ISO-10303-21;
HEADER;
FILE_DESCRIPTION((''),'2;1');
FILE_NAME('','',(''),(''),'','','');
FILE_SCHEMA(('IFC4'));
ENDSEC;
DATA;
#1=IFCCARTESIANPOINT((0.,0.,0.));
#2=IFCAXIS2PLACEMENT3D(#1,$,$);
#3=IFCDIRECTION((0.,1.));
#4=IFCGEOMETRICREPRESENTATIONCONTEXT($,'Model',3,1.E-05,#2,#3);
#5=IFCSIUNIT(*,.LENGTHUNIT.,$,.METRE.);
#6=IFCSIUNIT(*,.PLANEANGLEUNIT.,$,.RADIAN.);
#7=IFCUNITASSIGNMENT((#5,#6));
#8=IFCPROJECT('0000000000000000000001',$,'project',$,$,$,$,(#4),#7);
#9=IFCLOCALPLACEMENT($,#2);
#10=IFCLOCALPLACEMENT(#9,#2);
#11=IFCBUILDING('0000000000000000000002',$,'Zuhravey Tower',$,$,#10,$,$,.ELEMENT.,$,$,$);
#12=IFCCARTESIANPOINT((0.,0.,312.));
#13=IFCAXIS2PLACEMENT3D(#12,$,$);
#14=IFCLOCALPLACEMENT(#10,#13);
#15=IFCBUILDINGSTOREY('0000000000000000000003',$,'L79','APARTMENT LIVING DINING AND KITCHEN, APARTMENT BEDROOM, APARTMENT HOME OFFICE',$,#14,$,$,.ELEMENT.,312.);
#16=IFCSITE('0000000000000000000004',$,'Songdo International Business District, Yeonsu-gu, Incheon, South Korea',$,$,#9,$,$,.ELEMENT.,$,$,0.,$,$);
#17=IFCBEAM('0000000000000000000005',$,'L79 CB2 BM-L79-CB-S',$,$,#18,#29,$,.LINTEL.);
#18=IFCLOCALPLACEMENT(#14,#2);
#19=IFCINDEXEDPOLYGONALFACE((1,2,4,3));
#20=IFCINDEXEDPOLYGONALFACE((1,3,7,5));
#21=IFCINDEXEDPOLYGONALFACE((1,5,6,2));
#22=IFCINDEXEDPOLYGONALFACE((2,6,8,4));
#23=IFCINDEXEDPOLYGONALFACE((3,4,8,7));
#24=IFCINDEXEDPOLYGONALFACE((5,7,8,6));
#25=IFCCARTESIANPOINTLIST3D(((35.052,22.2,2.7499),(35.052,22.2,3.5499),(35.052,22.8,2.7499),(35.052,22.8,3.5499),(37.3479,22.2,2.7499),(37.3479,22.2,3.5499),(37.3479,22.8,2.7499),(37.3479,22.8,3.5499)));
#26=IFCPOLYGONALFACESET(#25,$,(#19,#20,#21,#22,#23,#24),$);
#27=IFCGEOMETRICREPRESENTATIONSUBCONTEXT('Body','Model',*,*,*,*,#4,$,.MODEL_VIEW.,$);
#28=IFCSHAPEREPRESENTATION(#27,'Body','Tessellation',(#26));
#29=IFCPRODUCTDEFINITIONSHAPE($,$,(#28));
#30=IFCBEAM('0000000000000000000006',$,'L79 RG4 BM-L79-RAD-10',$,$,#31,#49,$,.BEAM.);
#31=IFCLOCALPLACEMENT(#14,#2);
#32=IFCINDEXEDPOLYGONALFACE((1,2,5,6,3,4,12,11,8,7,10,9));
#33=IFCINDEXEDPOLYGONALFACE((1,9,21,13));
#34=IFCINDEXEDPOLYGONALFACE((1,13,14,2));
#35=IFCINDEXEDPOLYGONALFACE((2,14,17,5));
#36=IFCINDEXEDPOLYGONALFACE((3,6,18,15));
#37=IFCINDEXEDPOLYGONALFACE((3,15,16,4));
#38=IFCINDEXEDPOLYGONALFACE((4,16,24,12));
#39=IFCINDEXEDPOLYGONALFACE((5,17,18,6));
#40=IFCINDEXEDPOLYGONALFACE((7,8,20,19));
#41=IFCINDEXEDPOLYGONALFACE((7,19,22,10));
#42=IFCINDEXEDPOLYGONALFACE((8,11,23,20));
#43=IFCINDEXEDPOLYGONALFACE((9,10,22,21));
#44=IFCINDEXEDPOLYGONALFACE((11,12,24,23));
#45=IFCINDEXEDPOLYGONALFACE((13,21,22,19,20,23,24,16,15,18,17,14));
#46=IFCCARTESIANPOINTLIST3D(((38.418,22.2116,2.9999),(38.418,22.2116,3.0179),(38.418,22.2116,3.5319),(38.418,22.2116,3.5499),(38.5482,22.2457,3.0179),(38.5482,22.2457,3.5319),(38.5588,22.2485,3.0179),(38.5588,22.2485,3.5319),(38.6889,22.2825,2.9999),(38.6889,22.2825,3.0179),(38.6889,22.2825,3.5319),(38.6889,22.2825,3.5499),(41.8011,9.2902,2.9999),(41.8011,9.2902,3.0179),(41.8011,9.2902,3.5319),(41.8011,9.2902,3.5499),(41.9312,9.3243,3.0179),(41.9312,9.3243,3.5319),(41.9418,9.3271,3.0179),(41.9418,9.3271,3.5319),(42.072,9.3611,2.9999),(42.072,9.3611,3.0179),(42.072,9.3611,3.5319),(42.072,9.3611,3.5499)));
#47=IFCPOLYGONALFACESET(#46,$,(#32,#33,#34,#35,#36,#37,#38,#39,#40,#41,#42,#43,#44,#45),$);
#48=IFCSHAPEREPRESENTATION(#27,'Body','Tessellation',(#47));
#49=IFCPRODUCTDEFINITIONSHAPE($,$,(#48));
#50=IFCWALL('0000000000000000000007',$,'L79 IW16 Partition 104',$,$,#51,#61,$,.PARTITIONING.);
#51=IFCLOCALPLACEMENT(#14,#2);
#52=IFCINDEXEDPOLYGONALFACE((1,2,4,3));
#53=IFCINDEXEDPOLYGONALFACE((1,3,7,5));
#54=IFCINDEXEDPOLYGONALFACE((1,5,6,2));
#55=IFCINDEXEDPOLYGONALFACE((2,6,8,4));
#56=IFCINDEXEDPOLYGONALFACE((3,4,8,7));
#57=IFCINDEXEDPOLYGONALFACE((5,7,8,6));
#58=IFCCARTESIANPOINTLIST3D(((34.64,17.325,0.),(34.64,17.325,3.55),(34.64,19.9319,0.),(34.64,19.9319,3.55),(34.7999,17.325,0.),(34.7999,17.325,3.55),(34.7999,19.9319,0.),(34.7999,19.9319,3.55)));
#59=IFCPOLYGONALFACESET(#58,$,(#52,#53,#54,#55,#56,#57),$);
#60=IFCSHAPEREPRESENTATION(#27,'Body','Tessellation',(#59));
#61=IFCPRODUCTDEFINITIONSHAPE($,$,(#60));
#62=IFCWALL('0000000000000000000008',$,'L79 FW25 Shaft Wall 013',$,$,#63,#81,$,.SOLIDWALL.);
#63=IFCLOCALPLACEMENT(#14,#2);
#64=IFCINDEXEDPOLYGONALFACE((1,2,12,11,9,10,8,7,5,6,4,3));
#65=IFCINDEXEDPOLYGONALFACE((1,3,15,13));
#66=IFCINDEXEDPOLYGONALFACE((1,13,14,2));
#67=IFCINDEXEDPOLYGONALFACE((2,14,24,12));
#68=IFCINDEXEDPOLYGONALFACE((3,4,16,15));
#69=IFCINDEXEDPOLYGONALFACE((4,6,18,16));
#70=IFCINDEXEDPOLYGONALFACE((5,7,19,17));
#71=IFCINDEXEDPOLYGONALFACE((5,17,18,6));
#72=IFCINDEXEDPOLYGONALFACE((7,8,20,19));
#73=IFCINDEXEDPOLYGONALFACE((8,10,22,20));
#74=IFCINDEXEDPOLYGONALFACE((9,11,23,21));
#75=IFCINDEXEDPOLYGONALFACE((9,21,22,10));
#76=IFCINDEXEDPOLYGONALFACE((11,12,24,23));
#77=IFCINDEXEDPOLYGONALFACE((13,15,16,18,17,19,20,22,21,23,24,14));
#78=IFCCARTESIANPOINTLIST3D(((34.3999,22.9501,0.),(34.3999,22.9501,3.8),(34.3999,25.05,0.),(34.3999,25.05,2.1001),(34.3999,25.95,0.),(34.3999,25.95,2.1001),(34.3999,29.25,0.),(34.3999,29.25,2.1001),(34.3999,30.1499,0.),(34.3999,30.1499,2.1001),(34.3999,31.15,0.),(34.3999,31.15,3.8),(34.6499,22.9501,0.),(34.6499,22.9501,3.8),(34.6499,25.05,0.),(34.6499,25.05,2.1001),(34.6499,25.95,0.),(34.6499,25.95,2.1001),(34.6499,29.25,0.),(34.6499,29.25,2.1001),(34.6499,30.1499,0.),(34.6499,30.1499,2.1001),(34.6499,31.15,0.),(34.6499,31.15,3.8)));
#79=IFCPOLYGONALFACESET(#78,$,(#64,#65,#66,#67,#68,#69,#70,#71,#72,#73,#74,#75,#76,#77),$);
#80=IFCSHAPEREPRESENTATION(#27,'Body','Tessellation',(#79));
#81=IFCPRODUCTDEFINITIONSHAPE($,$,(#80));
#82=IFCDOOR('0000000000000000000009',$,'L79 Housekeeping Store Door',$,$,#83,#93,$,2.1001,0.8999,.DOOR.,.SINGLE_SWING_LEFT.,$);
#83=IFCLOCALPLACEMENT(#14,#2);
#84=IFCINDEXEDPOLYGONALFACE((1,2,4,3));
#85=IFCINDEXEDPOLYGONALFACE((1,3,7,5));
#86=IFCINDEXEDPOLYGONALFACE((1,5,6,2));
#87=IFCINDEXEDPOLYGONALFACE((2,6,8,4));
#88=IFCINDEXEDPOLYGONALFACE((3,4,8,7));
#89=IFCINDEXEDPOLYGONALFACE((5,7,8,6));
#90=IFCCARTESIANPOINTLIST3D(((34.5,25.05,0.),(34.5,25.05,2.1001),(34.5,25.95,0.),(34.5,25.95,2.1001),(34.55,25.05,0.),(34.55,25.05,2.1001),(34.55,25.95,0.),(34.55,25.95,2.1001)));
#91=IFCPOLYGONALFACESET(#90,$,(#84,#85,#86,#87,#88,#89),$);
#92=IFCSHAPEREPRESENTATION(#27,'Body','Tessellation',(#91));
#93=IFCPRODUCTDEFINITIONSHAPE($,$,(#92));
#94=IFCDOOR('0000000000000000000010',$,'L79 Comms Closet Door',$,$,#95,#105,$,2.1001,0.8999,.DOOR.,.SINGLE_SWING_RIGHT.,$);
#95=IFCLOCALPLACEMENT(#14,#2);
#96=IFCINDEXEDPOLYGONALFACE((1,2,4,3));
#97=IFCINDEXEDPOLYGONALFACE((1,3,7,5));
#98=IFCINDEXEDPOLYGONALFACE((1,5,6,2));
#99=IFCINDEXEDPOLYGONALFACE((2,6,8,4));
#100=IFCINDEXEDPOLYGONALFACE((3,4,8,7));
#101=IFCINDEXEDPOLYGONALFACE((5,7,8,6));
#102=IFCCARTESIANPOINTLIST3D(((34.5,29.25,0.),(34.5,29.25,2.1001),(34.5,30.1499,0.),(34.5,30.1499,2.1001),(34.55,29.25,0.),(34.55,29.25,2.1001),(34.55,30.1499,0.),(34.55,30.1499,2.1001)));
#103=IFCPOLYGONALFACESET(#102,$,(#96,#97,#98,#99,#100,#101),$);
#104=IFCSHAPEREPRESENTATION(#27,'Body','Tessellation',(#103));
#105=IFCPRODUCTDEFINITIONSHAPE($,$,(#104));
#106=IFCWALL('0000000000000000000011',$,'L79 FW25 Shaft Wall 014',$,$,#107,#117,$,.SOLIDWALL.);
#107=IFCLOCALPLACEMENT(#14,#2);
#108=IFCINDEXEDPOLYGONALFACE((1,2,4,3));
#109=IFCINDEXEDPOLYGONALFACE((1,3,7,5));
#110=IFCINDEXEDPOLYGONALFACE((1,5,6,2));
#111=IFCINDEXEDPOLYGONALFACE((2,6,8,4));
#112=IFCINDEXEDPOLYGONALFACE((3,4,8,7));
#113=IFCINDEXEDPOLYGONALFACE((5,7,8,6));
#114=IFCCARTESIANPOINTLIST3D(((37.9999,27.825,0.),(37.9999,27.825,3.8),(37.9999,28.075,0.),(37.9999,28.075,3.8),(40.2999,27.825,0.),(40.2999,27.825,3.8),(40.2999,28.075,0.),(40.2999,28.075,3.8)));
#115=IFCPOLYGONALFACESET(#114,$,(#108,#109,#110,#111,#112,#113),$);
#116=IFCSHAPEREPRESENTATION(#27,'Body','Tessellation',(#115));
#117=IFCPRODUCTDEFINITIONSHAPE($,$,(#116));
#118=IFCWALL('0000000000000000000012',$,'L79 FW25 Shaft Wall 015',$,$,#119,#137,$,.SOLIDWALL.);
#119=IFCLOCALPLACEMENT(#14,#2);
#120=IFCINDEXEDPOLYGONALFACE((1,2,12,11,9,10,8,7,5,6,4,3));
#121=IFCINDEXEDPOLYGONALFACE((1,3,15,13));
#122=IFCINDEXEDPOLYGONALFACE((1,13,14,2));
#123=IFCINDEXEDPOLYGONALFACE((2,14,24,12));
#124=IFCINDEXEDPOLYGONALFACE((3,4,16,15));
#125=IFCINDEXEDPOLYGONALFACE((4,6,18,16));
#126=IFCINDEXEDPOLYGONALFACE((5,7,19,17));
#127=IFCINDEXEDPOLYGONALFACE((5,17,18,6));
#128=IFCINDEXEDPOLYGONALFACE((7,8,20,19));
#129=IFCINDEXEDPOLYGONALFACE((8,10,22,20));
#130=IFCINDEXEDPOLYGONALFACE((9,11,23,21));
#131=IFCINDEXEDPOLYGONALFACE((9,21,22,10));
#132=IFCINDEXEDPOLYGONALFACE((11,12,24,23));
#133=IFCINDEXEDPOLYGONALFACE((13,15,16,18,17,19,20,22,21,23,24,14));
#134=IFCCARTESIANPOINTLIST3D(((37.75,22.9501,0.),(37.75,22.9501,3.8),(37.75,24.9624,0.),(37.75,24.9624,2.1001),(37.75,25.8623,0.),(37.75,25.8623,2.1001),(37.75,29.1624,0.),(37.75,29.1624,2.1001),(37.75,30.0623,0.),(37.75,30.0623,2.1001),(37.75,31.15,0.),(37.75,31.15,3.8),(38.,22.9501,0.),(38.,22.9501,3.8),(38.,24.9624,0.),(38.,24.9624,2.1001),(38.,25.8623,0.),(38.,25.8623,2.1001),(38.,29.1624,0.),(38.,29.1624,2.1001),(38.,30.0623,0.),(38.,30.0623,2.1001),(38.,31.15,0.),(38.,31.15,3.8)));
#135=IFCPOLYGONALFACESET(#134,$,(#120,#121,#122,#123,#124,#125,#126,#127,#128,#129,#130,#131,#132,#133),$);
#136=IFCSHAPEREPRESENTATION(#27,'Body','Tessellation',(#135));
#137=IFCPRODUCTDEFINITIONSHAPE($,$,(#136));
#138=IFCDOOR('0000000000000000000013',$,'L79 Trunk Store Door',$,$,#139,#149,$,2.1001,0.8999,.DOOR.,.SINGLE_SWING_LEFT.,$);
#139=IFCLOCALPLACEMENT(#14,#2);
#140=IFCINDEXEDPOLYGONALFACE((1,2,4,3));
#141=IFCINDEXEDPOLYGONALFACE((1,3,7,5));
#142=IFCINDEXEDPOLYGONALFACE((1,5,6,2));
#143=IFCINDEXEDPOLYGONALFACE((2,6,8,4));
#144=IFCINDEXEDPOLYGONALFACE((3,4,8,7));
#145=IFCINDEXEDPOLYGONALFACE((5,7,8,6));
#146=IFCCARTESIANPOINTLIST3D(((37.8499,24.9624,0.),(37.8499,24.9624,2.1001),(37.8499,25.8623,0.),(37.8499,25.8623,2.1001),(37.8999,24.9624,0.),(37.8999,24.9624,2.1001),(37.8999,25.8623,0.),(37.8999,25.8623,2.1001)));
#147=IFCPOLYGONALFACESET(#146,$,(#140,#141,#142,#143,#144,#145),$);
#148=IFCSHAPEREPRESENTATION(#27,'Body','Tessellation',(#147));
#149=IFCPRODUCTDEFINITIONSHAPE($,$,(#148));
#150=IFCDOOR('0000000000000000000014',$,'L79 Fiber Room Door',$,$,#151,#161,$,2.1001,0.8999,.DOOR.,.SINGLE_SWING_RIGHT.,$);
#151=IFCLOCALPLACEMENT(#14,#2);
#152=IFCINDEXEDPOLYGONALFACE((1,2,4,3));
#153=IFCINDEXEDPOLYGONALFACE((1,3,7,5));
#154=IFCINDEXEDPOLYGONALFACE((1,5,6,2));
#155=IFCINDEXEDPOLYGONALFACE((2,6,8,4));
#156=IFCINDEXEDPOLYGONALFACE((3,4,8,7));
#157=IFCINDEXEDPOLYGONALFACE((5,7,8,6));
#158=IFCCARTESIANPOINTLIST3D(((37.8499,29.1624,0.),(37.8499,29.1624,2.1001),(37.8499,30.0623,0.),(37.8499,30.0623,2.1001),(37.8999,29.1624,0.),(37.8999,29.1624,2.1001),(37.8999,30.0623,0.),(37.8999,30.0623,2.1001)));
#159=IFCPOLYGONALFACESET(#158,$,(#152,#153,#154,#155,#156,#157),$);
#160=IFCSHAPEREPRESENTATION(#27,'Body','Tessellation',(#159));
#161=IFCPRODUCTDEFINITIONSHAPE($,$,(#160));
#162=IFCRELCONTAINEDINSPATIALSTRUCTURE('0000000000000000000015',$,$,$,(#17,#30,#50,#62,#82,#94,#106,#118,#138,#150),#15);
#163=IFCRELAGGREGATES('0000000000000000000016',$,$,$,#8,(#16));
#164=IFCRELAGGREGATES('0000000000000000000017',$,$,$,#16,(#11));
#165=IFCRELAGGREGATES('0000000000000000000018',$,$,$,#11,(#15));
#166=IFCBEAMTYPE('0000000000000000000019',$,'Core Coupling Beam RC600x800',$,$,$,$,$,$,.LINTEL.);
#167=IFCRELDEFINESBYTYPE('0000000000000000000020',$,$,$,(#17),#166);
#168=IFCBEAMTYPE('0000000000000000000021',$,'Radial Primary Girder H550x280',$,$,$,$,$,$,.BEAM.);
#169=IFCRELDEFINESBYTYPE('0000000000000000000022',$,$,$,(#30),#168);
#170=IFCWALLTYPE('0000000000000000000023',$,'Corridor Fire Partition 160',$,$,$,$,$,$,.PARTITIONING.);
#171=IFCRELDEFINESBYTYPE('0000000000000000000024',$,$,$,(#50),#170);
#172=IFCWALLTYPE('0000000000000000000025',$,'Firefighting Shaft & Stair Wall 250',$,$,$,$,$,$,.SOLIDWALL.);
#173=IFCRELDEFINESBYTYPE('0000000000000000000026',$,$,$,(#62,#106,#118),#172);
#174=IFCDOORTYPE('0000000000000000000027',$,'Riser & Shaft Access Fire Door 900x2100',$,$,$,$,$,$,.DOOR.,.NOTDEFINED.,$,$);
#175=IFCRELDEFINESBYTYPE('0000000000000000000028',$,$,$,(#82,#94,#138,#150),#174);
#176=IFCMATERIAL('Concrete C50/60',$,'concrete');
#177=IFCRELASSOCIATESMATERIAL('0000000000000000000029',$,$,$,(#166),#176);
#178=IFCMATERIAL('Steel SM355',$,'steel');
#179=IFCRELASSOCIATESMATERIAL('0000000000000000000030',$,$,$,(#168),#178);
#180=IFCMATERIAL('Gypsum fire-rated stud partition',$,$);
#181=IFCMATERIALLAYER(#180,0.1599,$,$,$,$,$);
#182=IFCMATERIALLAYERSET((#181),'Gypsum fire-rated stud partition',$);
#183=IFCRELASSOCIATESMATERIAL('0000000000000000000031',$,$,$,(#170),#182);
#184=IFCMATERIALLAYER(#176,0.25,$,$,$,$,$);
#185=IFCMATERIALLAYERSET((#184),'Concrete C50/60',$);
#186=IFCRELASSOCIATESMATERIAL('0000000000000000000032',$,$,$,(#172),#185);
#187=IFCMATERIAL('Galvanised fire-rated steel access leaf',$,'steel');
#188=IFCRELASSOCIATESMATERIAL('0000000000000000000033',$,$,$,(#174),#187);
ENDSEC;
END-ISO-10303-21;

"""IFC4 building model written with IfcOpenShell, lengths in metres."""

from ifc_helpers import new_model, si_unit, direction, frame, frame_2d, origin, origin_2d, place, context, subcontext, project, spatial, rectangle, i_section, extrude, material, layer, layer_set, material_profile, profile_set, type_object, element, fill, save


model = new_model("IFC4")

# Units and contexts
model_context = context("Model", 3, precision=1e-05, world=origin(), true_north=direction((0.0, 1.0)))
body_context = subcontext(model_context, "Body", "Model", "MODEL_VIEW")
ifc_project = project(units=[si_unit("LENGTHUNIT", "METRE"), si_unit("PLANEANGLEUNIT", "RADIAN")], contexts=[model_context])

# Site, building, storey
site_placement = place(None, origin())
site = spatial("IfcSite", under=ifc_project, at=site_placement, Name="Songdo International Business District, Yeonsu-gu, Incheon, South Korea", CompositionType="ELEMENT", RefElevation=0.0)
building_placement = place(site_placement, origin())
building = spatial("IfcBuilding", under=site, at=building_placement, Name="Zuhravey Tower", CompositionType="ELEMENT")
storey_placement = place(building_placement, frame((0.0, 0.0, 312.0)))
storey = spatial("IfcBuildingStorey", under=building, at=storey_placement, Name="L79", Description="APARTMENT LIVING DINING AND KITCHEN, APARTMENT BEDROOM, APARTMENT HOME OFFICE", CompositionType="ELEMENT", Elevation=312.0)

# Beams
ifc_material_1 = material(Name="Concrete C50/60", Category="concrete")
ifc_material_profile_1 = material_profile(ifc_material_1, rectangle(XDim=0.6001, YDim=0.8, at=origin_2d()), Name="RC-600x800")
ifc_profile_set_1 = profile_set([ifc_material_profile_1], Name="Concrete C50/60")
beam_type_1 = type_object("IfcBeamType", Name="Core Coupling Beam RC600x800", PredefinedType="LINTEL", material=ifc_profile_set_1)
beam_1_placement = place(storey_placement, frame((35.052, 22.5, 3.1499), z_axis=(1.0, 0.0, 0.0), x_axis=(0.0, 1.0, 0.0)))
element("IfcBeam", 1, at=beam_1_placement, inside=storey, type_object=beam_type_1, Name="L79 CB2 BM-L79-CB-S", PredefinedType="LINTEL", context=body_context, shape_type="SweptSolid", body=[
    extrude(rectangle(XDim=0.6001, YDim=0.8, at=origin_2d()), origin(), (0.0, 0.0, 1.0), 2.2959),
])
ifc_material_2 = material(Name="Steel SM355", Category="steel")
ifc_material_profile_2 = material_profile(ifc_material_2, i_section(OverallWidth=0.28, OverallDepth=0.55, WebThickness=0.011, FlangeThickness=0.0181, at=origin_2d()), Name="H-550x280x11x18")
ifc_profile_set_2 = profile_set([ifc_material_profile_2], Name="Steel SM355")
beam_type_2 = type_object("IfcBeamType", Name="Radial Primary Girder H550x280", PredefinedType="BEAM", material=ifc_profile_set_2)
beam_2_placement = place(storey_placement, frame((38.5535, 22.2471, 3.2749), z_axis=(0.253281, -0.967393, 0.0), x_axis=(0.967393, 0.253281, 0.0)))
element("IfcBeam", 2, at=beam_2_placement, inside=storey, type_object=beam_type_2, Name="L79 RG4 BM-L79-RAD-10", PredefinedType="BEAM", context=body_context, shape_type="SweptSolid", body=[
    extrude(i_section(OverallWidth=0.28, OverallDepth=0.55, WebThickness=0.011, FlangeThickness=0.0181, at=origin_2d()), origin(), (0.0, 0.0, 1.0), 13.3569),
])

# Shared definitions
ifc_material_3 = material(Name="Gypsum fire-rated stud partition")
ifc_layer_1 = layer(ifc_material_3, 0.1599)
ifc_layer_set_1 = layer_set([ifc_layer_1], Name="Gypsum fire-rated stud partition")
wall_type_1 = type_object("IfcWallType", Name="Corridor Fire Partition 160", PredefinedType="PARTITIONING", material=ifc_layer_set_1)

# Wall
wall_1_placement = place(storey_placement, frame((34.72, 19.9319, 0.0), z_axis=(0.0, 0.0, 1.0), x_axis=(0.0, -1.0, 0.0)))
element("IfcWall", 3, at=wall_1_placement, inside=storey, type_object=wall_type_1, Name="L79 IW16 Partition 104", PredefinedType="PARTITIONING", context=body_context, shape_type="SweptSolid", body=[
    extrude(rectangle(XDim=2.6069, YDim=0.1599, at=frame_2d((1.3035, 0.0))), origin(), (0.0, 0.0, 1.0), 3.55),
])

# Shared definitions
ifc_layer_2 = layer(ifc_material_1, 0.25)
ifc_layer_set_2 = layer_set([ifc_layer_2], Name="Concrete C50/60")
wall_type_2 = type_object("IfcWallType", Name="Firefighting Shaft & Stair Wall 250", PredefinedType="SOLIDWALL", material=ifc_layer_set_2)

# Wall, openings, doors
wall_2_placement = place(storey_placement, frame((34.5249, 22.95, 0.0), z_axis=(0.0, 0.0, 1.0), x_axis=(0.0, 1.0, 0.0)))
wall_2 = element("IfcWall", 4, at=wall_2_placement, inside=storey, type_object=wall_type_2, Name="L79 FW25 Shaft Wall 013", PredefinedType="SOLIDWALL", context=body_context, shape_type="SweptSolid", body=[
    extrude(rectangle(XDim=8.2, YDim=0.25, at=frame_2d((4.1001, 0.0))), origin(), (0.0, 0.0, 1.0), 3.8),
])
opening_1_placement = place(wall_2_placement, frame((2.1001, 0.0, 0.0)))
opening_1 = element("IfcOpeningElement", 5, at=opening_1_placement, cuts=wall_2, PredefinedType="OPENING", context=body_context, shape_type="SweptSolid", body=[
    extrude(rectangle(XDim=0.8999, YDim=2.1001, at=frame_2d((0.45, 1.05))), frame((0.0, 0.137, 0.0), z_axis=(0.0, -1.0, 0.0), x_axis=(1.0, 0.0, 0.0)), (0.0, 0.0, 1.0), 0.2739),
])
opening_2_placement = place(wall_2_placement, frame((6.3, 0.0, 0.0)))
opening_2 = element("IfcOpeningElement", 6, at=opening_2_placement, cuts=wall_2, PredefinedType="OPENING", context=body_context, shape_type="SweptSolid", body=[
    extrude(rectangle(XDim=0.8999, YDim=2.1001, at=frame_2d((0.45, 1.05))), frame((0.0, 0.137, 0.0), z_axis=(0.0, -1.0, 0.0), x_axis=(1.0, 0.0, 0.0)), (0.0, 0.0, 1.0), 0.2739),
])
ifc_material_4 = material(Name="Galvanised fire-rated steel access leaf", Category="steel")
door_type_1 = type_object("IfcDoorType", Name="Riser & Shaft Access Fire Door 900x2100", OperationType="NOTDEFINED", PredefinedType="DOOR", material=ifc_material_4)
door_1_placement = place(opening_1_placement, origin())
door_1 = element("IfcDoor", 7, at=door_1_placement, inside=storey, type_object=door_type_1, Name="L79 Housekeeping Store Door", OperationType="SINGLE_SWING_LEFT", OverallHeight=2.1001, OverallWidth=0.8999, PredefinedType="DOOR", context=body_context, shape_type="SweptSolid", body=[
    extrude(rectangle(XDim=0.8999, YDim=2.1001, at=frame_2d((0.45, 1.05))), frame((0.0, 0.0249, 0.0), z_axis=(0.0, -1.0, 0.0), x_axis=(1.0, 0.0, 0.0)), (0.0, 0.0, 1.0), 0.05),
])
fill(opening_1, door_1)
door_2_placement = place(opening_2_placement, origin())
door_2 = element("IfcDoor", 8, at=door_2_placement, inside=storey, type_object=door_type_1, Name="L79 Comms Closet Door", OperationType="SINGLE_SWING_RIGHT", OverallHeight=2.1001, OverallWidth=0.8999, PredefinedType="DOOR", context=body_context, shape_type="SweptSolid", body=[
    extrude(rectangle(XDim=0.8999, YDim=2.1001, at=frame_2d((0.45, 1.05))), frame((0.0, 0.0249, 0.0), z_axis=(0.0, -1.0, 0.0), x_axis=(1.0, 0.0, 0.0)), (0.0, 0.0, 1.0), 0.05),
])
fill(opening_2, door_2)

# Wall
wall_3_placement = place(storey_placement, frame((38.0, 27.95, 0.0), z_axis=(0.0, 0.0, 1.0), x_axis=(1.0, 0.0, 0.0)))
element("IfcWall", 9, at=wall_3_placement, inside=storey, type_object=wall_type_2, Name="L79 FW25 Shaft Wall 014", PredefinedType="SOLIDWALL", context=body_context, shape_type="SweptSolid", body=[
    extrude(rectangle(XDim=2.3, YDim=0.25, at=frame_2d((1.1499, 0.0))), origin(), (0.0, 0.0, 1.0), 3.8),
])

# Wall, openings, doors
wall_4_placement = place(storey_placement, frame((37.875, 22.95, 0.0), z_axis=(0.0, 0.0, 1.0), x_axis=(0.0, 1.0, 0.0)))
wall_4 = element("IfcWall", 10, at=wall_4_placement, inside=storey, type_object=wall_type_2, Name="L79 FW25 Shaft Wall 015", PredefinedType="SOLIDWALL", context=body_context, shape_type="SweptSolid", body=[
    extrude(rectangle(XDim=8.2, YDim=0.25, at=frame_2d((4.1001, 0.0))), origin(), (0.0, 0.0, 1.0), 3.8),
])
opening_3_placement = place(wall_4_placement, frame((2.0125, 0.0, 0.0)))
opening_3 = element("IfcOpeningElement", 11, at=opening_3_placement, cuts=wall_4, PredefinedType="OPENING", context=body_context, shape_type="SweptSolid", body=[
    extrude(rectangle(XDim=0.8999, YDim=2.1001, at=frame_2d((0.45, 1.05))), frame((0.0, 0.137, 0.0), z_axis=(0.0, -1.0, 0.0), x_axis=(1.0, 0.0, 0.0)), (0.0, 0.0, 1.0), 0.2739),
])
opening_4_placement = place(wall_4_placement, frame((6.2124, 0.0, 0.0)))
opening_4 = element("IfcOpeningElement", 12, at=opening_4_placement, cuts=wall_4, PredefinedType="OPENING", context=body_context, shape_type="SweptSolid", body=[
    extrude(rectangle(XDim=0.8999, YDim=2.1001, at=frame_2d((0.45, 1.05))), frame((0.0, 0.137, 0.0), z_axis=(0.0, -1.0, 0.0), x_axis=(1.0, 0.0, 0.0)), (0.0, 0.0, 1.0), 0.2739),
])
door_3_placement = place(opening_3_placement, frame((0.8999, 0.0, 0.0), z_axis=(0.0, 0.0, 1.0), x_axis=(-1.0, 0.0, 0.0)))
door_3 = element("IfcDoor", 13, at=door_3_placement, inside=storey, type_object=door_type_1, Name="L79 Trunk Store Door", OperationType="SINGLE_SWING_LEFT", OverallHeight=2.1001, OverallWidth=0.8999, PredefinedType="DOOR", context=body_context, shape_type="SweptSolid", body=[
    extrude(rectangle(XDim=0.8999, YDim=2.1001, at=frame_2d((0.45, 1.05))), frame((0.0, 0.0249, 0.0), z_axis=(0.0, -1.0, 0.0), x_axis=(1.0, 0.0, 0.0)), (0.0, 0.0, 1.0), 0.05),
])
fill(opening_3, door_3)
door_4_placement = place(opening_4_placement, frame((0.8999, 0.0, 0.0), z_axis=(0.0, 0.0, 1.0), x_axis=(-1.0, 0.0, 0.0)))
door_4 = element("IfcDoor", 14, at=door_4_placement, inside=storey, type_object=door_type_1, Name="L79 Fiber Room Door", OperationType="SINGLE_SWING_RIGHT", OverallHeight=2.1001, OverallWidth=0.8999, PredefinedType="DOOR", context=body_context, shape_type="SweptSolid", body=[
    extrude(rectangle(XDim=0.8999, YDim=2.1001, at=frame_2d((0.45, 1.05))), frame((0.0, 0.0249, 0.0), z_axis=(0.0, -1.0, 0.0), x_axis=(1.0, 0.0, 0.0)), (0.0, 0.0, 1.0), 0.05),
])
fill(opening_4, door_4)

save(model, "model.ifc")
